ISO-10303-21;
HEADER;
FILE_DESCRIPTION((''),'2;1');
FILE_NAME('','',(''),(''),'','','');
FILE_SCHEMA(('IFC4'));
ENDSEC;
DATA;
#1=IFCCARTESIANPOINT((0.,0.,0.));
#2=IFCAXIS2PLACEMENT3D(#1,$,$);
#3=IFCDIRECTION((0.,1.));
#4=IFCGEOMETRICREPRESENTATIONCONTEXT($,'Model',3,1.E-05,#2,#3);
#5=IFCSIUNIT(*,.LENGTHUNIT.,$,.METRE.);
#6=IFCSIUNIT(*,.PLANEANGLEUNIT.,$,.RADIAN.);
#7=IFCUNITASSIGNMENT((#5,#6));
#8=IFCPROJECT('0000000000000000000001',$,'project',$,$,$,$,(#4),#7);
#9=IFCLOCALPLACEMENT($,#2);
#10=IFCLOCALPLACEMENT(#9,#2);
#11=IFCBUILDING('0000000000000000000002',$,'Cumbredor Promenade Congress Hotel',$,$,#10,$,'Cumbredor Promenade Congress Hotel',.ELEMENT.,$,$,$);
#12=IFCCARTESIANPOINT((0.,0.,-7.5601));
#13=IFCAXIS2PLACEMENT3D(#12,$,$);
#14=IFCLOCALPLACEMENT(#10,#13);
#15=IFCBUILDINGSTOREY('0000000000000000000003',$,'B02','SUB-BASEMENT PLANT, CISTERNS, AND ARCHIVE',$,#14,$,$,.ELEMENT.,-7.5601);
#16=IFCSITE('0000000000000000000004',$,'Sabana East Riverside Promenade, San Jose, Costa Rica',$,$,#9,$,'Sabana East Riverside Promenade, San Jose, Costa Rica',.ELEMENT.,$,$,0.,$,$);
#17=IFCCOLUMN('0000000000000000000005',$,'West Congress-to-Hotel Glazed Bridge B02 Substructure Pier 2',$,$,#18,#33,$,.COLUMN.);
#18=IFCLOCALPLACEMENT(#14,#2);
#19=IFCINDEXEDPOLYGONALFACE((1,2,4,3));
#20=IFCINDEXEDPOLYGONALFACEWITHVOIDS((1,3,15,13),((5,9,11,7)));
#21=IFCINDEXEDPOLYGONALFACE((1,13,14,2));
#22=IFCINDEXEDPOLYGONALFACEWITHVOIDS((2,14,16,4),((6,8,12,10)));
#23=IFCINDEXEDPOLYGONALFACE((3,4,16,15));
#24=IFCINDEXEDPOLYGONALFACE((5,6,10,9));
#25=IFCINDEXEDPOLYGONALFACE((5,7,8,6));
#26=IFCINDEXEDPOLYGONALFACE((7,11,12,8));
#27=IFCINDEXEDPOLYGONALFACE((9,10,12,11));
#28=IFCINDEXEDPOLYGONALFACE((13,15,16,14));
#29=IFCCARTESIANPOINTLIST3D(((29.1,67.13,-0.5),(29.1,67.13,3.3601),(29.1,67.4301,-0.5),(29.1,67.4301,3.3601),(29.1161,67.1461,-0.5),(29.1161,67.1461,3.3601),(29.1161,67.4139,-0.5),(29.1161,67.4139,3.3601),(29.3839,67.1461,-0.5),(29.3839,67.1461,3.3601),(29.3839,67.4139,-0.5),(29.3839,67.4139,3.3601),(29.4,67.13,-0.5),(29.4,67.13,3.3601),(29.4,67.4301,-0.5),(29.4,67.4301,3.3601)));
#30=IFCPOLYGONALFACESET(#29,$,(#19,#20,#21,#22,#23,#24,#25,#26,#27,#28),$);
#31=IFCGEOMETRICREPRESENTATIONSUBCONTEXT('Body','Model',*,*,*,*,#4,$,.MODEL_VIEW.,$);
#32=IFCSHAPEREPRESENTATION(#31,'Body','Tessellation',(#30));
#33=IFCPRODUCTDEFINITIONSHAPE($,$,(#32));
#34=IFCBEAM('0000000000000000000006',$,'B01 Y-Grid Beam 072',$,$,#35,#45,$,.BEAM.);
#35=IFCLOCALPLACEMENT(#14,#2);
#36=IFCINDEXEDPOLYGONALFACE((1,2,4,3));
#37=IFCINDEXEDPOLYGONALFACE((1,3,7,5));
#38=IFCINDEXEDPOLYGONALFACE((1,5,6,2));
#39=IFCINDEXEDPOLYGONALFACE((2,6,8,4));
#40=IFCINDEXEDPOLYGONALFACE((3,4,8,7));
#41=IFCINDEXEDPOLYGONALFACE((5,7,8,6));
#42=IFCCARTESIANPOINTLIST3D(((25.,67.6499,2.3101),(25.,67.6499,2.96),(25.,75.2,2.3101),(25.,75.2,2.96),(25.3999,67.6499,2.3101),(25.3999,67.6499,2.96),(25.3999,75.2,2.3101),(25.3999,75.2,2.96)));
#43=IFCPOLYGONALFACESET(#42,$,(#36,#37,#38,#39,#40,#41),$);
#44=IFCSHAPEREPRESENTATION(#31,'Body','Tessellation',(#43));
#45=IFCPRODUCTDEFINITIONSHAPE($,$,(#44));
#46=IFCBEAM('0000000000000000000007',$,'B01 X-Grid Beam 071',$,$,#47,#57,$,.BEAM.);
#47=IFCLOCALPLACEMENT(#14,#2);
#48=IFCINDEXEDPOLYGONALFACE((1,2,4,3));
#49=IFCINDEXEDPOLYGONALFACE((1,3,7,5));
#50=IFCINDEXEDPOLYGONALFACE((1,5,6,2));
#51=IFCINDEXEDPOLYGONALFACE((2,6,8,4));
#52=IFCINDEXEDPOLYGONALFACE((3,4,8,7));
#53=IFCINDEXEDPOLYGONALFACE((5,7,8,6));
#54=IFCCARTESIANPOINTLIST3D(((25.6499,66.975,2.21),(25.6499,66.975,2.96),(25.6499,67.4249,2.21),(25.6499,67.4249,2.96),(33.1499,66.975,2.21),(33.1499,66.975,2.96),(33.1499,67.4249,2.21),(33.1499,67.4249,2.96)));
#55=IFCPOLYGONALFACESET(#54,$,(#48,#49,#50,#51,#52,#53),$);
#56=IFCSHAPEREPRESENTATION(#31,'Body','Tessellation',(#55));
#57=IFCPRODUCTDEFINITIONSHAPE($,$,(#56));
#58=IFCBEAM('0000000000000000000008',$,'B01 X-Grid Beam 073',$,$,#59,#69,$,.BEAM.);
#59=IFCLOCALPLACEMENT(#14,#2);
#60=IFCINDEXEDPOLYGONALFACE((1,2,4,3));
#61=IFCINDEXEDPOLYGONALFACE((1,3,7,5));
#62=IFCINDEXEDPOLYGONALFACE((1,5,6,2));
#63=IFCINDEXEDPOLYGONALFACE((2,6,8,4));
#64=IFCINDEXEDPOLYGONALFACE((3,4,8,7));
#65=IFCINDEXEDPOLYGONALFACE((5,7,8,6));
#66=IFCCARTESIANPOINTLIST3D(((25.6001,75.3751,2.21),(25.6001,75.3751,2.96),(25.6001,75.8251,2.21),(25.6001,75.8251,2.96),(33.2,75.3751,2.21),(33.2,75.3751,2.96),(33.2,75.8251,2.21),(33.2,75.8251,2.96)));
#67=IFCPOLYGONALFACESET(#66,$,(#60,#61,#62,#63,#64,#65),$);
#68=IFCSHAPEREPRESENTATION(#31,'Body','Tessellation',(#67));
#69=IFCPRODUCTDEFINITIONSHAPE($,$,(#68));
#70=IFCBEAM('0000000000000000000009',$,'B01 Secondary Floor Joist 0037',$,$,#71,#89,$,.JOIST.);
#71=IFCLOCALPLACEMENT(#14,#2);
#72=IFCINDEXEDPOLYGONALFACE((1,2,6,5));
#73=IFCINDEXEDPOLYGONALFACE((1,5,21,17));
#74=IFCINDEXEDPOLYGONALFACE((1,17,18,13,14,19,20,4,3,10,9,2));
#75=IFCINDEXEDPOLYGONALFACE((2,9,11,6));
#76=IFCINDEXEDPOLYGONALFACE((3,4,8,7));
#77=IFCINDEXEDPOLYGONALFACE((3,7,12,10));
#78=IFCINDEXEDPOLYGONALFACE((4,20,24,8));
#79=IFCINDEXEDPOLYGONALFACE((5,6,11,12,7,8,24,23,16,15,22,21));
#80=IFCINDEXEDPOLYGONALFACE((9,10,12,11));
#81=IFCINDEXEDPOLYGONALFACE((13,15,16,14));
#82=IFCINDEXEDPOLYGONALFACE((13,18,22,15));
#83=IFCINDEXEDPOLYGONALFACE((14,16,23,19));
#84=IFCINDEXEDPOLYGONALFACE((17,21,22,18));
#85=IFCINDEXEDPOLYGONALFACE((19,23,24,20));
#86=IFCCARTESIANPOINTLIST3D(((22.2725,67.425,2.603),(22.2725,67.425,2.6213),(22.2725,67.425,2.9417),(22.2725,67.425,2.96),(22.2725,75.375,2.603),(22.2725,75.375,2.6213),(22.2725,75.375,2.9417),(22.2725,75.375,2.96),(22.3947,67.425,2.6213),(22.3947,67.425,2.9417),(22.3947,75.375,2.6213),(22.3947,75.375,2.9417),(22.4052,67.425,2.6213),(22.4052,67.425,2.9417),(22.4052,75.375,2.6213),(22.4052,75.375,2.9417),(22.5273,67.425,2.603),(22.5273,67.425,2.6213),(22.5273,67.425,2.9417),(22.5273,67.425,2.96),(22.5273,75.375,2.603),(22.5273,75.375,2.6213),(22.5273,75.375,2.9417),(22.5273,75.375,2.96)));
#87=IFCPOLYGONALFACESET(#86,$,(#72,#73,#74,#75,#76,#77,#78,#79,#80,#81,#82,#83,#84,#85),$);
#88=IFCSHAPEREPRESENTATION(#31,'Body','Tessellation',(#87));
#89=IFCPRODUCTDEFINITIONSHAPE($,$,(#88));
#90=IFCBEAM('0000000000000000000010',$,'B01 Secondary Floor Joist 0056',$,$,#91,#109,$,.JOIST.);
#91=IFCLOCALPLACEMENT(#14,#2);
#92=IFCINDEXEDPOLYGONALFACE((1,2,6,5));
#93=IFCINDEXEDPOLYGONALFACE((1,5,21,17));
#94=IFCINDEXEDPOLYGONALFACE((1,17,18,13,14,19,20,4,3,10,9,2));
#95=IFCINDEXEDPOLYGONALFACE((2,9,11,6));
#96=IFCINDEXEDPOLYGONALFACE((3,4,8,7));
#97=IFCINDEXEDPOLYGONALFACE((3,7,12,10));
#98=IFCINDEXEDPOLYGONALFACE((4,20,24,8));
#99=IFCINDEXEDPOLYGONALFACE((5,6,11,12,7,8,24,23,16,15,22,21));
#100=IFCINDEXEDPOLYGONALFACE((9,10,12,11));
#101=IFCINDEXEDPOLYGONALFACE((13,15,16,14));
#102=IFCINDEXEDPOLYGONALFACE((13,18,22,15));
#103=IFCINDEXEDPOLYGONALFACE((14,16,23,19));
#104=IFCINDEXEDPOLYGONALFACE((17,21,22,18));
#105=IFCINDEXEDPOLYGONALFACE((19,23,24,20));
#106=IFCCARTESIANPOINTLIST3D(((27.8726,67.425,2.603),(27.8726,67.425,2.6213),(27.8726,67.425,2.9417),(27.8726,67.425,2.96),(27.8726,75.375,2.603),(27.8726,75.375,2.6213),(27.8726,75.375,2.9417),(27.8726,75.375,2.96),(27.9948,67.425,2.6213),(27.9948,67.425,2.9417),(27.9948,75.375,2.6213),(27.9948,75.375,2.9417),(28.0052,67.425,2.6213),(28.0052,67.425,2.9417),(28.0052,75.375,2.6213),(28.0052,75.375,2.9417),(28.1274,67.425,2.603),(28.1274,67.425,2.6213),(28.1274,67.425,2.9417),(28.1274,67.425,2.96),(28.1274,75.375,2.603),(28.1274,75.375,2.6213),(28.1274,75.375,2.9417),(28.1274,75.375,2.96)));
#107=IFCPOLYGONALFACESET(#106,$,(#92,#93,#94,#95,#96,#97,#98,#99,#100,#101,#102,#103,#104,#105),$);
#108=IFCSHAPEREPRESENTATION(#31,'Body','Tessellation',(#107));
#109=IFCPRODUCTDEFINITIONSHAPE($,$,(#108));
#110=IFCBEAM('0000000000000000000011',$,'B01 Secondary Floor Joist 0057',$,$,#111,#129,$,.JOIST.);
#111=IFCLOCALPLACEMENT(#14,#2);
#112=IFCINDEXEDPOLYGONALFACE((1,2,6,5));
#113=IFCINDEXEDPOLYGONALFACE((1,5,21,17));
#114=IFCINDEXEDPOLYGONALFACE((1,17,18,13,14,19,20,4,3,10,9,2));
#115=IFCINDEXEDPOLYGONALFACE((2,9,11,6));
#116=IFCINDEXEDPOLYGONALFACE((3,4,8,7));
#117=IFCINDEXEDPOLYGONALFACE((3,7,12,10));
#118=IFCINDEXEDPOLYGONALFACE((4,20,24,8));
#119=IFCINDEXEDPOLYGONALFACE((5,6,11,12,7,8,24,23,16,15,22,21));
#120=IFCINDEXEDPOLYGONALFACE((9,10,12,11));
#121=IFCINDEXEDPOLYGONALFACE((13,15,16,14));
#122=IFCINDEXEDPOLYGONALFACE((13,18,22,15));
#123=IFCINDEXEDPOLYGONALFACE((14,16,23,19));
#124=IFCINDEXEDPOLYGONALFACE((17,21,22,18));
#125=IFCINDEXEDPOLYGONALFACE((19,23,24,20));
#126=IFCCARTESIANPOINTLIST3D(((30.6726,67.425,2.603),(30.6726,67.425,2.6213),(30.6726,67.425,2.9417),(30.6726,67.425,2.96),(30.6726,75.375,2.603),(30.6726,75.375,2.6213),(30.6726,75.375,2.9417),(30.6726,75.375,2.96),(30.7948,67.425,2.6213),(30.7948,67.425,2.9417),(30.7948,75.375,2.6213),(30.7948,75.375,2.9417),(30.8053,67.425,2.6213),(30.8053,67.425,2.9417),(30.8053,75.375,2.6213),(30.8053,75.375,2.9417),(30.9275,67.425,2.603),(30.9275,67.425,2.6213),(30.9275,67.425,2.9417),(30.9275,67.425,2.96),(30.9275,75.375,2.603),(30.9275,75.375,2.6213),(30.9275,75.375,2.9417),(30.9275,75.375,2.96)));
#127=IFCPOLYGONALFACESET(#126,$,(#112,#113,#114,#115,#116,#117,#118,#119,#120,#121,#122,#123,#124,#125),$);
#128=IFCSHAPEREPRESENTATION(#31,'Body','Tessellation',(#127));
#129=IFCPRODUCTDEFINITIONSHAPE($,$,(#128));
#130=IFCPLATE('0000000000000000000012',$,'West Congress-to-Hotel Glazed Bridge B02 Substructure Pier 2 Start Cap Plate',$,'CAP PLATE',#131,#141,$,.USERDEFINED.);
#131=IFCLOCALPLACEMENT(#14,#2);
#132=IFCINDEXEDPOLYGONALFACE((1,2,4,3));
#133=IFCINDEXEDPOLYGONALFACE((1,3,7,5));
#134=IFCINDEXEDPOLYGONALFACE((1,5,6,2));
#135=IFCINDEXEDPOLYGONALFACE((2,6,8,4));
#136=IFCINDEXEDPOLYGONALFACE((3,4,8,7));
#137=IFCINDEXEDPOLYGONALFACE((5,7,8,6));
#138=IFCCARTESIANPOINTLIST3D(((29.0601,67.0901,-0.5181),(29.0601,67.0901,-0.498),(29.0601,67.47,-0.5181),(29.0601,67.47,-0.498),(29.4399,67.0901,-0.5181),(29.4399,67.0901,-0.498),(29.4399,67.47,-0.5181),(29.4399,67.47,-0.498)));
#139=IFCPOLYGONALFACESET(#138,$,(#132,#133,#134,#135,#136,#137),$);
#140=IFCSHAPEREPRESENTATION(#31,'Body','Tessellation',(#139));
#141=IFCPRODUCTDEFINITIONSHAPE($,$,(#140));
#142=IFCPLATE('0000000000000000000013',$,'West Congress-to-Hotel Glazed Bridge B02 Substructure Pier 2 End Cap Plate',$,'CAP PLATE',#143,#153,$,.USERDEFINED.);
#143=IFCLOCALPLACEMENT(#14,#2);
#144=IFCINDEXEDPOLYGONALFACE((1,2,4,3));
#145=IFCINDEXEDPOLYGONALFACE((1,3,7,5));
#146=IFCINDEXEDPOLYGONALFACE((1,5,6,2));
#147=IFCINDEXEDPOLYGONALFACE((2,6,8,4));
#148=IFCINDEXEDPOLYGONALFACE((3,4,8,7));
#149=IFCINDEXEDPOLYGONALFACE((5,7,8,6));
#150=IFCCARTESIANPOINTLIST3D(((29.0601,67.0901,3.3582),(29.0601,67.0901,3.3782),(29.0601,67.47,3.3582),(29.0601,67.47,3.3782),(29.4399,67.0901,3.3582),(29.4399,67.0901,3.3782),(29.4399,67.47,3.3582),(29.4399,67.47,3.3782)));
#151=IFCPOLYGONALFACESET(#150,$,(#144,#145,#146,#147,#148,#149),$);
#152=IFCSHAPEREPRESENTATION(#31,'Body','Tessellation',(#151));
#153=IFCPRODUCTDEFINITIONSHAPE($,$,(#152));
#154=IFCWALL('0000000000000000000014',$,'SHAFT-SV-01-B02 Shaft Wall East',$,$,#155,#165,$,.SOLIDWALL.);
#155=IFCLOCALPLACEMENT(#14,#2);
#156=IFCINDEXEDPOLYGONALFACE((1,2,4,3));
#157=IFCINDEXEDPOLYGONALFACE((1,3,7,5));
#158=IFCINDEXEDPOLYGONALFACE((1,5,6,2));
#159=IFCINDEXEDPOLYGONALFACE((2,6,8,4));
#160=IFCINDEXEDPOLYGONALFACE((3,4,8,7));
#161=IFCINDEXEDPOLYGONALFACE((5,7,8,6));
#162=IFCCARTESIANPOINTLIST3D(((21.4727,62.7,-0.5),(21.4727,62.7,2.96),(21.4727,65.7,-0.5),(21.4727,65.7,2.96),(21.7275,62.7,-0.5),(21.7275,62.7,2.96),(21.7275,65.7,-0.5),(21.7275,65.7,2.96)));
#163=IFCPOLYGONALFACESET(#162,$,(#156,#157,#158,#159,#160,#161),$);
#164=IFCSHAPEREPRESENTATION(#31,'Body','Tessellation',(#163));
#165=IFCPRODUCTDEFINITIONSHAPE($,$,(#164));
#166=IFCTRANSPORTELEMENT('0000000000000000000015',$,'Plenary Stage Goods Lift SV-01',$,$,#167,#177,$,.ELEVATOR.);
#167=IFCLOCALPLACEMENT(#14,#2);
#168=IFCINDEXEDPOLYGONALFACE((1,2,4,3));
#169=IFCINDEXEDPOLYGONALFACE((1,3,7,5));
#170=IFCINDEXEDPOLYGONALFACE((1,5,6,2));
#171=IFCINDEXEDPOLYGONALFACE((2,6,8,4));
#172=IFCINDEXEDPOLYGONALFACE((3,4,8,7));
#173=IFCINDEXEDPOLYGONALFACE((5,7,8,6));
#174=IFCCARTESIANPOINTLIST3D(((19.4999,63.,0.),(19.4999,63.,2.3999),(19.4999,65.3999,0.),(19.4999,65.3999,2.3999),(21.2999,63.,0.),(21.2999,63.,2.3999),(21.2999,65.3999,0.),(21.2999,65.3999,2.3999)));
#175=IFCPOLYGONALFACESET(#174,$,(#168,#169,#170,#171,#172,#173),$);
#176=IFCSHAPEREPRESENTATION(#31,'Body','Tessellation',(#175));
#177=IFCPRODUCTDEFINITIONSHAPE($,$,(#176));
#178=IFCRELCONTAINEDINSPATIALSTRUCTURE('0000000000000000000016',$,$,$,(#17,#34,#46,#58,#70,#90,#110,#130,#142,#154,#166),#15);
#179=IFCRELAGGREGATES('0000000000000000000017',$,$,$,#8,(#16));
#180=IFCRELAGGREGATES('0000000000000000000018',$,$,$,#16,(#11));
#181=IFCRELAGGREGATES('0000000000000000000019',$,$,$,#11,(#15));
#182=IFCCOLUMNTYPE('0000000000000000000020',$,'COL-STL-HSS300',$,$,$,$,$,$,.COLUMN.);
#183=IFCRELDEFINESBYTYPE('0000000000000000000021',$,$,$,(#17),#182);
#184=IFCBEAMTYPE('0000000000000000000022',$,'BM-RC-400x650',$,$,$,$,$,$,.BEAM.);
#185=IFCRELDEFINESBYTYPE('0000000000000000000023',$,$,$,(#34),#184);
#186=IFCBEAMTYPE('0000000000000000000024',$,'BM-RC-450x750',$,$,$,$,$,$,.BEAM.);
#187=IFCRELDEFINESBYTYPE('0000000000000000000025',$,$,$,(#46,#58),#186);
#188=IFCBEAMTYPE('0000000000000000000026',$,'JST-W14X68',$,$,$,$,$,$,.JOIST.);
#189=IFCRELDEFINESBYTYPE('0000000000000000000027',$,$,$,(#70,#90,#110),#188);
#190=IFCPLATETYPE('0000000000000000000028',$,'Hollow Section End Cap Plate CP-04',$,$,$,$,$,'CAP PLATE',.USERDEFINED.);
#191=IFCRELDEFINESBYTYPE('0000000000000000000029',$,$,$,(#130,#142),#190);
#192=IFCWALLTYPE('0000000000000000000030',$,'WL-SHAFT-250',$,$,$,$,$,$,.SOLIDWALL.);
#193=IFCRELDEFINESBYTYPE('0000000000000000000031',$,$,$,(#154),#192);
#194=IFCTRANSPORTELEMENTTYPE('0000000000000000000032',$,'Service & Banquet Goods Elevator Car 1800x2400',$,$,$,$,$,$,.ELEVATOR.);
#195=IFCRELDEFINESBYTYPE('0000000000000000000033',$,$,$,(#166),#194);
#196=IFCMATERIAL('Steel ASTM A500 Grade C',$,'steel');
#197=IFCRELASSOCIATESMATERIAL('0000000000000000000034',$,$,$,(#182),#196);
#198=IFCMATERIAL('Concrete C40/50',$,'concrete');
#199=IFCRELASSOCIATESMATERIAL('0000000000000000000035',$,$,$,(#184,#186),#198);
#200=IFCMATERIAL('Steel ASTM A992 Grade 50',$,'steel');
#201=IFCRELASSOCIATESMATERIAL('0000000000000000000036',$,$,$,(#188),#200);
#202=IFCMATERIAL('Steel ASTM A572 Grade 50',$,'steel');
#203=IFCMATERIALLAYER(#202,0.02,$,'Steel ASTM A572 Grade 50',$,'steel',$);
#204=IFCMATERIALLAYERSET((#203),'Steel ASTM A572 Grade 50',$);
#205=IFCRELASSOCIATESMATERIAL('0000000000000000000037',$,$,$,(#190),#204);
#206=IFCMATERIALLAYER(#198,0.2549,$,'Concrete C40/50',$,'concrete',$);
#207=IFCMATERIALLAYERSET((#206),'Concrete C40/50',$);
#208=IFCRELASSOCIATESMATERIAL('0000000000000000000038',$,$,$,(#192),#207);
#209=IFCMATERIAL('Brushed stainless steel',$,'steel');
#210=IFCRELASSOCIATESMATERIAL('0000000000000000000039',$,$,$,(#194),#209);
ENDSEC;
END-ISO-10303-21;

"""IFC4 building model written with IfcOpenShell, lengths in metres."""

from ifc_helpers import new_model, si_unit, direction, frame, frame_2d, origin, origin_2d, place, context, subcontext, project, spatial, rectangle, hollow_rectangle, i_section, extrude, material, layer, layer_set, material_profile, profile_set, type_object, element, save


model = new_model("IFC4")

# Units and contexts
model_context = context("Model", 3, precision=1e-05, world=origin(), true_north=direction((0.0, 1.0)))
body_context = subcontext(model_context, "Body", "Model", "MODEL_VIEW")
ifc_project = project(units=[si_unit("LENGTHUNIT", "METRE"), si_unit("PLANEANGLEUNIT", "RADIAN")], contexts=[model_context])

# Site, building, storey
site_placement = place(None, origin())
site = spatial("IfcSite", under=ifc_project, at=site_placement, Name="Sabana East Riverside Promenade, San Jose, Costa Rica", LongName="Sabana East Riverside Promenade, San Jose, Costa Rica", CompositionType="ELEMENT", RefElevation=0.0)
building_placement = place(site_placement, origin())
building = spatial("IfcBuilding", under=site, at=building_placement, Name="Cumbredor Promenade Congress Hotel", LongName="Cumbredor Promenade Congress Hotel", CompositionType="ELEMENT")
storey_placement = place(building_placement, frame((0.0, 0.0, -7.5601)))
storey = spatial("IfcBuildingStorey", under=building, at=storey_placement, Name="B02", Description="SUB-BASEMENT PLANT, CISTERNS, AND ARCHIVE", CompositionType="ELEMENT", Elevation=-7.5601)

# Shared definitions
ifc_material_1 = material(Name="Concrete C40/50", Category="concrete")

# Column
ifc_material_2 = material(Name="Steel ASTM A500 Grade C", Category="steel")
ifc_material_profile_1 = material_profile(ifc_material_2, hollow_rectangle(XDim=0.3, YDim=0.3, WallThickness=0.0161, at=origin_2d()), Name="HSS 300x300x16")
ifc_profile_set_1 = profile_set([ifc_material_profile_1], Name="Steel ASTM A500 Grade C")
column_type_1 = type_object("IfcColumnType", Name="COL-STL-HSS300", PredefinedType="COLUMN", material=ifc_profile_set_1)
column_1_placement = place(storey_placement, frame((29.25, 67.28, -0.5), z_axis=(0.0, 0.0, 1.0), x_axis=(1.0, 0.0, 0.0)))
element("IfcColumn", 1, at=column_1_placement, inside=storey, type_object=column_type_1, Name="West Congress-to-Hotel Glazed Bridge B02 Substructure Pier 2", PredefinedType="COLUMN", context=body_context, shape_type="SweptSolid", body=[
    extrude(hollow_rectangle(XDim=0.3, YDim=0.3, WallThickness=0.0161, at=origin_2d()), origin(), (0.0, 0.0, 1.0), 3.8601),
])

# Beams
ifc_material_profile_2 = material_profile(ifc_material_1, rectangle(XDim=0.3999, YDim=0.6499, at=origin_2d()), Name="RC BEAM 400x650")
ifc_profile_set_2 = profile_set([ifc_material_profile_2], Name="Concrete C40/50")
beam_type_1 = type_object("IfcBeamType", Name="BM-RC-400x650", PredefinedType="BEAM", material=ifc_profile_set_2)
beam_1_placement = place(storey_placement, frame((25.2, 67.6499, 2.635), z_axis=(0.0, 1.0, 0.0), x_axis=(-1.0, 0.0, 0.0)))
element("IfcBeam", 2, at=beam_1_placement, inside=storey, type_object=beam_type_1, Name="B01 Y-Grid Beam 072", PredefinedType="BEAM", context=body_context, shape_type="SweptSolid", body=[
    extrude(rectangle(XDim=0.3999, YDim=0.6499, at=origin_2d()), origin(), (0.0, 0.0, 1.0), 7.55),
])
ifc_material_profile_3 = material_profile(ifc_material_1, rectangle(XDim=0.45, YDim=0.75, at=origin_2d()), Name="RC BEAM 450x750")
ifc_profile_set_3 = profile_set([ifc_material_profile_3], Name="Concrete C40/50")
beam_type_2 = type_object("IfcBeamType", Name="BM-RC-450x750", PredefinedType="BEAM", material=ifc_profile_set_3)
beam_2_placement = place(storey_placement, frame((25.6499, 67.2, 2.585), z_axis=(1.0, 0.0, 0.0), x_axis=(0.0, 1.0, 0.0)))
element("IfcBeam", 3, at=beam_2_placement, inside=storey, type_object=beam_type_2, Name="B01 X-Grid Beam 071", PredefinedType="BEAM", context=body_context, shape_type="SweptSolid", body=[
    extrude(rectangle(XDim=0.45, YDim=0.75, at=origin_2d()), origin(), (0.0, 0.0, 1.0), 7.5),
])
beam_3_placement = place(storey_placement, frame((25.6001, 75.6001, 2.585), z_axis=(1.0, 0.0, 0.0), x_axis=(0.0, 1.0, 0.0)))
element("IfcBeam", 4, at=beam_3_placement, inside=storey, type_object=beam_type_2, Name="B01 X-Grid Beam 073", PredefinedType="BEAM", context=body_context, shape_type="SweptSolid", body=[
    extrude(rectangle(XDim=0.45, YDim=0.75, at=origin_2d()), origin(), (0.0, 0.0, 1.0), 7.5999),
])
ifc_material_3 = material(Name="Steel ASTM A992 Grade 50", Category="steel")
ifc_material_profile_4 = material_profile(ifc_material_3, i_section(OverallWidth=0.2549, OverallDepth=0.3569, WebThickness=0.0105, FlangeThickness=0.0183, at=origin_2d()), Name="W14X68")
ifc_profile_set_4 = profile_set([ifc_material_profile_4], Name="Steel ASTM A992 Grade 50")
beam_type_3 = type_object("IfcBeamType", Name="JST-W14X68", PredefinedType="JOIST", material=ifc_profile_set_4)
for number, where, z_axis, x_axis, name in (
    (5, (22.3999, 67.425, 2.7815), (0.0, 1.0, 0.0), (-1.0, 0.0, 0.0), "B01 Secondary Floor Joist 0037"),
    (6, (28.0, 67.425, 2.7815), (0.0, 1.0, 0.0), (-1.0, 0.0, 0.0), "B01 Secondary Floor Joist 0056"),
    (7, (30.8, 67.425, 2.7815), (0.0, 1.0, 0.0), (-1.0, 0.0, 0.0), "B01 Secondary Floor Joist 0057"),
):
    element("IfcBeam", number, at=place(storey_placement, frame(where, z_axis=z_axis, x_axis=x_axis)), inside=storey, type_object=beam_type_3, Name=name, PredefinedType="JOIST", context=body_context, shape_type="SweptSolid", body=[
        extrude(i_section(OverallWidth=0.2549, OverallDepth=0.3569, WebThickness=0.0105, FlangeThickness=0.0183, at=origin_2d()), origin(), (0.0, 0.0, 1.0), 7.95),
    ])

# Plates
ifc_material_4 = material(Name="Steel ASTM A572 Grade 50", Category="steel")
ifc_layer_1 = layer(ifc_material_4, 0.02, Name="Steel ASTM A572 Grade 50", Category="steel")
ifc_layer_set_1 = layer_set([ifc_layer_1], Name="Steel ASTM A572 Grade 50")
plate_type = type_object("IfcPlateType", Name="Hollow Section End Cap Plate CP-04", ElementType="CAP PLATE", PredefinedType="USERDEFINED", material=ifc_layer_set_1)
for number, where, z_axis, x_axis, name in (
    (8, (29.25, 67.28, -0.5181), (0.0, 0.0, 1.0), (1.0, 0.0, 0.0), "West Congress-to-Hotel Glazed Bridge B02 Substructure Pier 2 Start Cap Plate"),
    (9, (29.25, 67.28, 3.3582), (0.0, 0.0, 1.0), (1.0, 0.0, 0.0), "West Congress-to-Hotel Glazed Bridge B02 Substructure Pier 2 End Cap Plate"),
):
    element("IfcPlate", number, at=place(storey_placement, frame(where, z_axis=z_axis, x_axis=x_axis)), inside=storey, type_object=plate_type, Name=name, ObjectType="CAP PLATE", PredefinedType="USERDEFINED", context=body_context, shape_type="SweptSolid", body=[
        extrude(rectangle(XDim=0.3799, YDim=0.3799, at=origin_2d()), origin(), (0.0, 0.0, 1.0), 0.02),
    ])

# Wall
ifc_layer_2 = layer(ifc_material_1, 0.2549, Name="Concrete C40/50", Category="concrete")
ifc_layer_set_2 = layer_set([ifc_layer_2], Name="Concrete C40/50")
wall_type = type_object("IfcWallType", Name="WL-SHAFT-250", PredefinedType="SOLIDWALL", material=ifc_layer_set_2)
wall_placement = place(storey_placement, frame((21.6001, 62.7, -0.5), z_axis=(0.0, 0.0, 1.0), x_axis=(0.0, 1.0, 0.0)))
element("IfcWall", 10, at=wall_placement, inside=storey, type_object=wall_type, Name="SHAFT-SV-01-B02 Shaft Wall East", PredefinedType="SOLIDWALL", context=body_context, shape_type="SweptSolid", body=[
    extrude(rectangle(XDim=3.0, YDim=0.2549, at=frame_2d((1.5, 0.0))), origin(), (0.0, 0.0, 1.0), 3.46),
])

# Transport element
ifc_material_5 = material(Name="Brushed stainless steel", Category="steel")
transport_element_type = type_object("IfcTransportElementType", Name="Service & Banquet Goods Elevator Car 1800x2400", PredefinedType="ELEVATOR", material=ifc_material_5)
transport_element_placement = place(storey_placement, frame((20.3999, 64.2, 0.0), z_axis=(0.0, 0.0, 1.0), x_axis=(1.0, 0.0, 0.0)))
element("IfcTransportElement", 11, at=transport_element_placement, inside=storey, type_object=transport_element_type, Name="Plenary Stage Goods Lift SV-01", PredefinedType="ELEVATOR", context=body_context, shape_type="SweptSolid", body=[
    extrude(rectangle(XDim=1.8, YDim=2.3999, at=origin_2d()), origin(), (0.0, 0.0, 1.0), 2.3999),
])

save(model, "model.ifc")
